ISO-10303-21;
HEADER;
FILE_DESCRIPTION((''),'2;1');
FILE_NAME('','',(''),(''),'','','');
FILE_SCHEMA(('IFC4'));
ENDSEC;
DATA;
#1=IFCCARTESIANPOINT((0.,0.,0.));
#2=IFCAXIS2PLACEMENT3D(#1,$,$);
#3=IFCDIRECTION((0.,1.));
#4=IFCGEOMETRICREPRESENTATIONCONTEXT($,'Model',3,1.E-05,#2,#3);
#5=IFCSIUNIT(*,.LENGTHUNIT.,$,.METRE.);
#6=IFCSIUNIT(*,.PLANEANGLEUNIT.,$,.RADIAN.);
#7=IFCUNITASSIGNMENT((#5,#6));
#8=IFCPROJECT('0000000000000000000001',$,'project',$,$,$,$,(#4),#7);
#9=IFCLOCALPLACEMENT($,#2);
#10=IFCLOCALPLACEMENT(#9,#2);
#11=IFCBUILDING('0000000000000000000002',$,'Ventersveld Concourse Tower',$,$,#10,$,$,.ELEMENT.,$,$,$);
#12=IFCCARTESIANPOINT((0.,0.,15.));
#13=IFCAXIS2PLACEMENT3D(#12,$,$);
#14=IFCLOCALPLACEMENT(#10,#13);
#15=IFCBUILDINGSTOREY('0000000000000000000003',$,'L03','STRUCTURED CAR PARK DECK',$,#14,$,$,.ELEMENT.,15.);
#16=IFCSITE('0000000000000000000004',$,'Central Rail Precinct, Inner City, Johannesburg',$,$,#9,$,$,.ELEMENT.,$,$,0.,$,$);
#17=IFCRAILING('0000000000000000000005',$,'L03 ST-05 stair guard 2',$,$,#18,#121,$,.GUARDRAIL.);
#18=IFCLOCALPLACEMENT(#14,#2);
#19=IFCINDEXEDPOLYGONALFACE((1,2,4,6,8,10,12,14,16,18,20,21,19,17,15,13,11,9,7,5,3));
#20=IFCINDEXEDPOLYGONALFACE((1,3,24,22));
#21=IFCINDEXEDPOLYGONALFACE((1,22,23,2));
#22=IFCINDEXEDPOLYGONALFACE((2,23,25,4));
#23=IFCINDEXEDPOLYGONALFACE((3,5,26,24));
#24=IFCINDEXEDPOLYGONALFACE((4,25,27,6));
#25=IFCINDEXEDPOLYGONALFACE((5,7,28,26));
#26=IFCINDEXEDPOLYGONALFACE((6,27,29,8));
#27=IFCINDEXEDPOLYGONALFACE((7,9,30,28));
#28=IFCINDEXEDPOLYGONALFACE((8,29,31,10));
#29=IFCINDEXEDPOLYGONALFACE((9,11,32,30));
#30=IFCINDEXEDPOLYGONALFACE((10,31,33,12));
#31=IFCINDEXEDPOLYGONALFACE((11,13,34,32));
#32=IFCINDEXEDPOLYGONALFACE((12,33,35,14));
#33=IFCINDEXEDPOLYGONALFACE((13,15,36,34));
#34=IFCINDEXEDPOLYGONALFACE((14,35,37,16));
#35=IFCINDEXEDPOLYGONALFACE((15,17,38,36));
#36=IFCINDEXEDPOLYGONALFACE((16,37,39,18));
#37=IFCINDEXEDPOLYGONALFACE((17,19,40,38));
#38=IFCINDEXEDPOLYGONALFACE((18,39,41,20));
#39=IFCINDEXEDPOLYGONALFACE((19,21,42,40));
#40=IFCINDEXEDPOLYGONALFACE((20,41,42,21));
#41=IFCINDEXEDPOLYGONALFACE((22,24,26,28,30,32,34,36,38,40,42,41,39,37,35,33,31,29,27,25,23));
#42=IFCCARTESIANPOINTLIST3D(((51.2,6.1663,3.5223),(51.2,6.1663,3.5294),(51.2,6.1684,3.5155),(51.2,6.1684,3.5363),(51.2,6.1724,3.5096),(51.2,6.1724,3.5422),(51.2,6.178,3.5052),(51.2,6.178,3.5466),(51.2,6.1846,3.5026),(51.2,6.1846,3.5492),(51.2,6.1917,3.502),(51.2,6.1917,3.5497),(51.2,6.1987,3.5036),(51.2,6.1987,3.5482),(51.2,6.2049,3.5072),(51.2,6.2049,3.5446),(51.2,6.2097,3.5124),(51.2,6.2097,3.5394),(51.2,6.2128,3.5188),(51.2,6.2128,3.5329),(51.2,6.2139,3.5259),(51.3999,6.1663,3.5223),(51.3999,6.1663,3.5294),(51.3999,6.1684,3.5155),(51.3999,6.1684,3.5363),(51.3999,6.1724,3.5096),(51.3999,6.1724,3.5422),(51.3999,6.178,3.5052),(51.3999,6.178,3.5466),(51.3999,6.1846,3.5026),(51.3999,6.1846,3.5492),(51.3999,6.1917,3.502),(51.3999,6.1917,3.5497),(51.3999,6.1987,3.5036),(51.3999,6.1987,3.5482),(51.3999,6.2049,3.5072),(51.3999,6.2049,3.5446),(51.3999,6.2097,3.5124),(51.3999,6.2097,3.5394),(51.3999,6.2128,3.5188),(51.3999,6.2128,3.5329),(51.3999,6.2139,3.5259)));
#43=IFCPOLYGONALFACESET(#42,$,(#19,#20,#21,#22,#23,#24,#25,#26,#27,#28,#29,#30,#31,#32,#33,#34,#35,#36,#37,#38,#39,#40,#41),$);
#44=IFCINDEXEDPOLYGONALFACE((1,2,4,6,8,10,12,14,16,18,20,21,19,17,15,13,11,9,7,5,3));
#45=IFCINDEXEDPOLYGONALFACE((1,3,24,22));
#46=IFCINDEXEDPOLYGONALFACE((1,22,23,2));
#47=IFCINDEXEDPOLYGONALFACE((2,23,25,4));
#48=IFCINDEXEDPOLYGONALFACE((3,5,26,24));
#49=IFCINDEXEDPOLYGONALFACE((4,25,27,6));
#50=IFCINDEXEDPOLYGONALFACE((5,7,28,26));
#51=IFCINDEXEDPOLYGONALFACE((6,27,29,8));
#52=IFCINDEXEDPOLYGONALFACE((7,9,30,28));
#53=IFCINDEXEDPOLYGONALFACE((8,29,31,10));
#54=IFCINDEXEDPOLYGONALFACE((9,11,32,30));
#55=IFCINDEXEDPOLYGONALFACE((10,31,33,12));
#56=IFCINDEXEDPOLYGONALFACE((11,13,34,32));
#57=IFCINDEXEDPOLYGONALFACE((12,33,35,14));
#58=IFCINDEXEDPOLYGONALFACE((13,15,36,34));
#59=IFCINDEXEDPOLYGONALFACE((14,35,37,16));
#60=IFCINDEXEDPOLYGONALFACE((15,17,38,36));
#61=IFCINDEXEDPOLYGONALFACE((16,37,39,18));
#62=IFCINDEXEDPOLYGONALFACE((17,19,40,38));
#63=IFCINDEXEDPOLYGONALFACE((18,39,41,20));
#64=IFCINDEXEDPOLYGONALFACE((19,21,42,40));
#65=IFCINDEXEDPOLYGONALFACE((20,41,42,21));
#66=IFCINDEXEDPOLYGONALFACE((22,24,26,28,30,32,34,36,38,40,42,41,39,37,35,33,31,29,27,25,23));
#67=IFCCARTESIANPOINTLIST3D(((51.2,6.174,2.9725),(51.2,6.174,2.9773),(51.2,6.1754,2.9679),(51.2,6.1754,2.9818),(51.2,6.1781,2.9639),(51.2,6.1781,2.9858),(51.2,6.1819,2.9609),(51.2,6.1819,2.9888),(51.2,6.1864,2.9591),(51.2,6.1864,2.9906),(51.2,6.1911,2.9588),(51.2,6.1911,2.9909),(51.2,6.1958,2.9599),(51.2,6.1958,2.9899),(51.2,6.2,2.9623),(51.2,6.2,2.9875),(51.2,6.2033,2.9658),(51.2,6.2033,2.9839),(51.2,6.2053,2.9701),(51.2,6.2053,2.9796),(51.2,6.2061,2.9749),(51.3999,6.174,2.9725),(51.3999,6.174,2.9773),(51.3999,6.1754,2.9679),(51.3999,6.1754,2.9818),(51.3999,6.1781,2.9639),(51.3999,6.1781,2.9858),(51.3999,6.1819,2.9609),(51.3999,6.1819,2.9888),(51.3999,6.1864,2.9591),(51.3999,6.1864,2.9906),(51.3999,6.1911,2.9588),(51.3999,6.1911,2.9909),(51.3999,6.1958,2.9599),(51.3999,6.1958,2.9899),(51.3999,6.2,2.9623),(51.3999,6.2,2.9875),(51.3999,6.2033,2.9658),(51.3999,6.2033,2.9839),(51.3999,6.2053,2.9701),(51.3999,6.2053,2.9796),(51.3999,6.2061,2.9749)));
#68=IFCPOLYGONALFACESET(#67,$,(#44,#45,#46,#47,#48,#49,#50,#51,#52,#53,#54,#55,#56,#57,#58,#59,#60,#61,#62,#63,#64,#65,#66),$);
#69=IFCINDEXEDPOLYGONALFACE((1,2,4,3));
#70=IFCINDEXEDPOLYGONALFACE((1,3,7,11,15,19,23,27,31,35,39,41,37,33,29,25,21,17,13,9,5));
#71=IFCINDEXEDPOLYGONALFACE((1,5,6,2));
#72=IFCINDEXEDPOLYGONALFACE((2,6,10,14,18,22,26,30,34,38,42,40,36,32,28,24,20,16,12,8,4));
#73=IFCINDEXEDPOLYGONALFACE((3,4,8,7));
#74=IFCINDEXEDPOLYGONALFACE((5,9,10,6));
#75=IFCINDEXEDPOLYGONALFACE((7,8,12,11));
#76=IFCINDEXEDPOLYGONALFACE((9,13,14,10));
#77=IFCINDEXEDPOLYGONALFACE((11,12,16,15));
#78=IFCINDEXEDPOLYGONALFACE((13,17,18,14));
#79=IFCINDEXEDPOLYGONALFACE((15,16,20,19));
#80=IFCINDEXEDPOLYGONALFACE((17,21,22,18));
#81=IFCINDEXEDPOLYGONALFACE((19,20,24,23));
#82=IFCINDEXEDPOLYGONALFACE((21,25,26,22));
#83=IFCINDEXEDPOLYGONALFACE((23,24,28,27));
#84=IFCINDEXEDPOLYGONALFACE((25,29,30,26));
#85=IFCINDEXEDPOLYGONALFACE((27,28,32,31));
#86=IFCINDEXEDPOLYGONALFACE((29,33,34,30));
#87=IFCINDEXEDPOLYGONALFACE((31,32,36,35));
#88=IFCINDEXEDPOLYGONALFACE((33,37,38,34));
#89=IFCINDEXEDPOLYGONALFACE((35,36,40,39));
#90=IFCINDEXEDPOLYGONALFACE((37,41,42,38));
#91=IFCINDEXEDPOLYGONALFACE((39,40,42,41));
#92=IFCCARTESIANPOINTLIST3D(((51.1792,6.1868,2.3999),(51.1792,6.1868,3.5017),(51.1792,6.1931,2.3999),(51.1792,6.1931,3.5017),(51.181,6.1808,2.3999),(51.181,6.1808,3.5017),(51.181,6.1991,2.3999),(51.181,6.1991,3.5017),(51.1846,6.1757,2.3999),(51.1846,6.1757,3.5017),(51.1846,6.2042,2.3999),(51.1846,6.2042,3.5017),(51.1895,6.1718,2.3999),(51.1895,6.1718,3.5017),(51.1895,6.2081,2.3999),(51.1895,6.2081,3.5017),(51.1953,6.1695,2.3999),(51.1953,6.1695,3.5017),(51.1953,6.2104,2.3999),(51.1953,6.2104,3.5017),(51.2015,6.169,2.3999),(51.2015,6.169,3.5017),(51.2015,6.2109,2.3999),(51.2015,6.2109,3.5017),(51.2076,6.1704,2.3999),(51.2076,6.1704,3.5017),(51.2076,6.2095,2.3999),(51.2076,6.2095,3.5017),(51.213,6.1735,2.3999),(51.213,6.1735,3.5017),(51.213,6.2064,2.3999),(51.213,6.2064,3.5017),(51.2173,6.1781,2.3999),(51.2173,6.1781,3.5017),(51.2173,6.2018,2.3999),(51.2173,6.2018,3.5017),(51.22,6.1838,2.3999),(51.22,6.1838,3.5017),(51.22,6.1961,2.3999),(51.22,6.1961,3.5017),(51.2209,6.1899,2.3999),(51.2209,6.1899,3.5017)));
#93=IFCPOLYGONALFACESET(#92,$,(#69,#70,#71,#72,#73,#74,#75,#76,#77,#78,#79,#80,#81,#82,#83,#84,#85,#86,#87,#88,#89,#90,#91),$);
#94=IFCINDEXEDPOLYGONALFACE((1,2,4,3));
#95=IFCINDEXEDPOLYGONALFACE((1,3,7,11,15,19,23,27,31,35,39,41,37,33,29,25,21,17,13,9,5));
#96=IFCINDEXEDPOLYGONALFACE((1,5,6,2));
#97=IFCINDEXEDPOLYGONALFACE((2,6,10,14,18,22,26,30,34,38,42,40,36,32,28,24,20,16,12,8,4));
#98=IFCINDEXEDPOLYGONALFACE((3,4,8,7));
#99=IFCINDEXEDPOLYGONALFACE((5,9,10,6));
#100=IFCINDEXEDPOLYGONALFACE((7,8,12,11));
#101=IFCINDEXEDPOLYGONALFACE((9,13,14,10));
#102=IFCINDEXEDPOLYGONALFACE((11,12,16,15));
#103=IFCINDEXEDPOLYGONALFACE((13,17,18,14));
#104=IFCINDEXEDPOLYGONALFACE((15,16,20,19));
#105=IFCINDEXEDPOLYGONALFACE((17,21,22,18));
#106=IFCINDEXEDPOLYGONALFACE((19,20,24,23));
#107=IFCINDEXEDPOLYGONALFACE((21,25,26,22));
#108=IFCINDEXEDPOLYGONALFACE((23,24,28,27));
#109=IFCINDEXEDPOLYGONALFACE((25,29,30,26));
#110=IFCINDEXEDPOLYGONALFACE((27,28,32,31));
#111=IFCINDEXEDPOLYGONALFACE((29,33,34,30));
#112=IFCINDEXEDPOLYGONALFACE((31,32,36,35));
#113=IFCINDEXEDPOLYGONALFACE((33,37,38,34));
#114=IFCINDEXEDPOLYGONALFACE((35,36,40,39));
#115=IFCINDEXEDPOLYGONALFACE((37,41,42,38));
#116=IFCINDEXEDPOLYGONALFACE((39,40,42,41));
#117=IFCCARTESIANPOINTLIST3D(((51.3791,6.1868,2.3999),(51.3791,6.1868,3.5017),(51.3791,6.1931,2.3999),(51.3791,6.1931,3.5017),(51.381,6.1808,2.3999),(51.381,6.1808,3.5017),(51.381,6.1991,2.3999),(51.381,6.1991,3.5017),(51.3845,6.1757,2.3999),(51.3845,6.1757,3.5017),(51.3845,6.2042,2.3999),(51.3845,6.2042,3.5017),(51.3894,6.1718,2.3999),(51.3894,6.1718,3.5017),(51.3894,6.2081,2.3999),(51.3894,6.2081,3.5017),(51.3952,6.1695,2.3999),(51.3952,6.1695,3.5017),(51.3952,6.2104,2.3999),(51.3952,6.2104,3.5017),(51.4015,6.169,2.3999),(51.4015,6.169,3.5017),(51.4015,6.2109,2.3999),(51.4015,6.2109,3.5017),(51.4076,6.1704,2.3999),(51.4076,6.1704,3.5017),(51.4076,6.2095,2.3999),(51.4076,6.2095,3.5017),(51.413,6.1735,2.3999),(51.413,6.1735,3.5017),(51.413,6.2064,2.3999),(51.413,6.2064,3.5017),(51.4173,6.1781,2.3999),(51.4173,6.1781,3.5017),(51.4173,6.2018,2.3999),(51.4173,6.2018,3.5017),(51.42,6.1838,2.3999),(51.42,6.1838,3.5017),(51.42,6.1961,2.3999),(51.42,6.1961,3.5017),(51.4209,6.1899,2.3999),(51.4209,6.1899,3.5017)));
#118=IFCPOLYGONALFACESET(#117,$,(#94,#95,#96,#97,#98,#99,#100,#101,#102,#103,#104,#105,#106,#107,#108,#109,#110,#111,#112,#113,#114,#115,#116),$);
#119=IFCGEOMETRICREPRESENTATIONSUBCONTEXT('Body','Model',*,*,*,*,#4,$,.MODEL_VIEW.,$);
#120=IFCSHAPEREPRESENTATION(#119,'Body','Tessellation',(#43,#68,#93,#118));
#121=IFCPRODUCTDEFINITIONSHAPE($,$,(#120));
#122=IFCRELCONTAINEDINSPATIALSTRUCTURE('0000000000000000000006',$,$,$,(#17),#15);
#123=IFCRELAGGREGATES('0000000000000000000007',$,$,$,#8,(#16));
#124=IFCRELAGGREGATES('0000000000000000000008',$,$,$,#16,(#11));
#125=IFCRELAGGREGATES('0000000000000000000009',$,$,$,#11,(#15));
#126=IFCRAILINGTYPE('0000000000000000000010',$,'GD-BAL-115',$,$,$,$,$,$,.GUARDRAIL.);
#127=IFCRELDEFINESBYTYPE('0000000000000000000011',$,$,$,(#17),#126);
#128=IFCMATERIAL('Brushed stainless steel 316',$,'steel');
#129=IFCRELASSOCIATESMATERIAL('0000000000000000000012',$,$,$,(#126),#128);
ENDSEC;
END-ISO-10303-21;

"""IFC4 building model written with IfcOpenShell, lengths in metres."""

from ifc_helpers import new_model, si_unit, direction, frame, origin, origin_2d, place, context, subcontext, project, spatial, circle, extrude, material, type_object, element, save


model = new_model("IFC4")

# Units and contexts
model_context = context("Model", 3, precision=1e-05, world=origin(), true_north=direction((0.0, 1.0)))
body_context = subcontext(model_context, "Body", "Model", "MODEL_VIEW")
ifc_project = project(units=[si_unit("LENGTHUNIT", "METRE"), si_unit("PLANEANGLEUNIT", "RADIAN")], contexts=[model_context])

# Site, building, storey
site_placement = place(None, origin())
site = spatial("IfcSite", under=ifc_project, at=site_placement, Name="Central Rail Precinct, Inner City, Johannesburg", CompositionType="ELEMENT", RefElevation=0.0)
building_placement = place(site_placement, origin())
building = spatial("IfcBuilding", under=site, at=building_placement, Name="Ventersveld Concourse Tower", CompositionType="ELEMENT")
storey_placement = place(building_placement, frame((0.0, 0.0, 15.0)))
storey = spatial("IfcBuildingStorey", under=building, at=storey_placement, Name="L03", Description="STRUCTURED CAR PARK DECK", CompositionType="ELEMENT", Elevation=15.0)

# Shared definitions
ifc_material_1 = material(Name="Brushed stainless steel 316", Category="steel")

# Railing
railing_type_1 = type_object("IfcRailingType", Name="GD-BAL-115", PredefinedType="GUARDRAIL", material=ifc_material_1)
railing_1_placement = place(storey_placement, frame((51.2, 6.1899, 2.3999)))
element("IfcRailing", 1, at=railing_1_placement, inside=storey, type_object=railing_type_1, Name="L03 ST-05 stair guard 2", PredefinedType="GUARDRAIL", context=body_context, shape_type="SweptSolid", body=[
    extrude(circle(Radius=0.0239, at=origin_2d()), frame((0.0, 0.0, 1.126), z_axis=(1.0, 0.0, 0.0), x_axis=(0.0, 1.0, 0.0)), (0.0, 0.0, 1.0), 0.2),
    extrude(circle(Radius=0.0161, at=origin_2d()), frame((0.0, 0.0, 0.575), z_axis=(1.0, 0.0, 0.0), x_axis=(0.0, 1.0, 0.0)), (0.0, 0.0, 1.0), 0.2),
    extrude(circle(Radius=0.021, at=origin_2d()), origin(), (0.0, 0.0, 1.0), 1.1018),
    extrude(circle(Radius=0.021, at=origin_2d()), frame((0.2, 0.0, 0.0)), (0.0, 0.0, 1.0), 1.1018),
])

save(model, "model.ifc")
